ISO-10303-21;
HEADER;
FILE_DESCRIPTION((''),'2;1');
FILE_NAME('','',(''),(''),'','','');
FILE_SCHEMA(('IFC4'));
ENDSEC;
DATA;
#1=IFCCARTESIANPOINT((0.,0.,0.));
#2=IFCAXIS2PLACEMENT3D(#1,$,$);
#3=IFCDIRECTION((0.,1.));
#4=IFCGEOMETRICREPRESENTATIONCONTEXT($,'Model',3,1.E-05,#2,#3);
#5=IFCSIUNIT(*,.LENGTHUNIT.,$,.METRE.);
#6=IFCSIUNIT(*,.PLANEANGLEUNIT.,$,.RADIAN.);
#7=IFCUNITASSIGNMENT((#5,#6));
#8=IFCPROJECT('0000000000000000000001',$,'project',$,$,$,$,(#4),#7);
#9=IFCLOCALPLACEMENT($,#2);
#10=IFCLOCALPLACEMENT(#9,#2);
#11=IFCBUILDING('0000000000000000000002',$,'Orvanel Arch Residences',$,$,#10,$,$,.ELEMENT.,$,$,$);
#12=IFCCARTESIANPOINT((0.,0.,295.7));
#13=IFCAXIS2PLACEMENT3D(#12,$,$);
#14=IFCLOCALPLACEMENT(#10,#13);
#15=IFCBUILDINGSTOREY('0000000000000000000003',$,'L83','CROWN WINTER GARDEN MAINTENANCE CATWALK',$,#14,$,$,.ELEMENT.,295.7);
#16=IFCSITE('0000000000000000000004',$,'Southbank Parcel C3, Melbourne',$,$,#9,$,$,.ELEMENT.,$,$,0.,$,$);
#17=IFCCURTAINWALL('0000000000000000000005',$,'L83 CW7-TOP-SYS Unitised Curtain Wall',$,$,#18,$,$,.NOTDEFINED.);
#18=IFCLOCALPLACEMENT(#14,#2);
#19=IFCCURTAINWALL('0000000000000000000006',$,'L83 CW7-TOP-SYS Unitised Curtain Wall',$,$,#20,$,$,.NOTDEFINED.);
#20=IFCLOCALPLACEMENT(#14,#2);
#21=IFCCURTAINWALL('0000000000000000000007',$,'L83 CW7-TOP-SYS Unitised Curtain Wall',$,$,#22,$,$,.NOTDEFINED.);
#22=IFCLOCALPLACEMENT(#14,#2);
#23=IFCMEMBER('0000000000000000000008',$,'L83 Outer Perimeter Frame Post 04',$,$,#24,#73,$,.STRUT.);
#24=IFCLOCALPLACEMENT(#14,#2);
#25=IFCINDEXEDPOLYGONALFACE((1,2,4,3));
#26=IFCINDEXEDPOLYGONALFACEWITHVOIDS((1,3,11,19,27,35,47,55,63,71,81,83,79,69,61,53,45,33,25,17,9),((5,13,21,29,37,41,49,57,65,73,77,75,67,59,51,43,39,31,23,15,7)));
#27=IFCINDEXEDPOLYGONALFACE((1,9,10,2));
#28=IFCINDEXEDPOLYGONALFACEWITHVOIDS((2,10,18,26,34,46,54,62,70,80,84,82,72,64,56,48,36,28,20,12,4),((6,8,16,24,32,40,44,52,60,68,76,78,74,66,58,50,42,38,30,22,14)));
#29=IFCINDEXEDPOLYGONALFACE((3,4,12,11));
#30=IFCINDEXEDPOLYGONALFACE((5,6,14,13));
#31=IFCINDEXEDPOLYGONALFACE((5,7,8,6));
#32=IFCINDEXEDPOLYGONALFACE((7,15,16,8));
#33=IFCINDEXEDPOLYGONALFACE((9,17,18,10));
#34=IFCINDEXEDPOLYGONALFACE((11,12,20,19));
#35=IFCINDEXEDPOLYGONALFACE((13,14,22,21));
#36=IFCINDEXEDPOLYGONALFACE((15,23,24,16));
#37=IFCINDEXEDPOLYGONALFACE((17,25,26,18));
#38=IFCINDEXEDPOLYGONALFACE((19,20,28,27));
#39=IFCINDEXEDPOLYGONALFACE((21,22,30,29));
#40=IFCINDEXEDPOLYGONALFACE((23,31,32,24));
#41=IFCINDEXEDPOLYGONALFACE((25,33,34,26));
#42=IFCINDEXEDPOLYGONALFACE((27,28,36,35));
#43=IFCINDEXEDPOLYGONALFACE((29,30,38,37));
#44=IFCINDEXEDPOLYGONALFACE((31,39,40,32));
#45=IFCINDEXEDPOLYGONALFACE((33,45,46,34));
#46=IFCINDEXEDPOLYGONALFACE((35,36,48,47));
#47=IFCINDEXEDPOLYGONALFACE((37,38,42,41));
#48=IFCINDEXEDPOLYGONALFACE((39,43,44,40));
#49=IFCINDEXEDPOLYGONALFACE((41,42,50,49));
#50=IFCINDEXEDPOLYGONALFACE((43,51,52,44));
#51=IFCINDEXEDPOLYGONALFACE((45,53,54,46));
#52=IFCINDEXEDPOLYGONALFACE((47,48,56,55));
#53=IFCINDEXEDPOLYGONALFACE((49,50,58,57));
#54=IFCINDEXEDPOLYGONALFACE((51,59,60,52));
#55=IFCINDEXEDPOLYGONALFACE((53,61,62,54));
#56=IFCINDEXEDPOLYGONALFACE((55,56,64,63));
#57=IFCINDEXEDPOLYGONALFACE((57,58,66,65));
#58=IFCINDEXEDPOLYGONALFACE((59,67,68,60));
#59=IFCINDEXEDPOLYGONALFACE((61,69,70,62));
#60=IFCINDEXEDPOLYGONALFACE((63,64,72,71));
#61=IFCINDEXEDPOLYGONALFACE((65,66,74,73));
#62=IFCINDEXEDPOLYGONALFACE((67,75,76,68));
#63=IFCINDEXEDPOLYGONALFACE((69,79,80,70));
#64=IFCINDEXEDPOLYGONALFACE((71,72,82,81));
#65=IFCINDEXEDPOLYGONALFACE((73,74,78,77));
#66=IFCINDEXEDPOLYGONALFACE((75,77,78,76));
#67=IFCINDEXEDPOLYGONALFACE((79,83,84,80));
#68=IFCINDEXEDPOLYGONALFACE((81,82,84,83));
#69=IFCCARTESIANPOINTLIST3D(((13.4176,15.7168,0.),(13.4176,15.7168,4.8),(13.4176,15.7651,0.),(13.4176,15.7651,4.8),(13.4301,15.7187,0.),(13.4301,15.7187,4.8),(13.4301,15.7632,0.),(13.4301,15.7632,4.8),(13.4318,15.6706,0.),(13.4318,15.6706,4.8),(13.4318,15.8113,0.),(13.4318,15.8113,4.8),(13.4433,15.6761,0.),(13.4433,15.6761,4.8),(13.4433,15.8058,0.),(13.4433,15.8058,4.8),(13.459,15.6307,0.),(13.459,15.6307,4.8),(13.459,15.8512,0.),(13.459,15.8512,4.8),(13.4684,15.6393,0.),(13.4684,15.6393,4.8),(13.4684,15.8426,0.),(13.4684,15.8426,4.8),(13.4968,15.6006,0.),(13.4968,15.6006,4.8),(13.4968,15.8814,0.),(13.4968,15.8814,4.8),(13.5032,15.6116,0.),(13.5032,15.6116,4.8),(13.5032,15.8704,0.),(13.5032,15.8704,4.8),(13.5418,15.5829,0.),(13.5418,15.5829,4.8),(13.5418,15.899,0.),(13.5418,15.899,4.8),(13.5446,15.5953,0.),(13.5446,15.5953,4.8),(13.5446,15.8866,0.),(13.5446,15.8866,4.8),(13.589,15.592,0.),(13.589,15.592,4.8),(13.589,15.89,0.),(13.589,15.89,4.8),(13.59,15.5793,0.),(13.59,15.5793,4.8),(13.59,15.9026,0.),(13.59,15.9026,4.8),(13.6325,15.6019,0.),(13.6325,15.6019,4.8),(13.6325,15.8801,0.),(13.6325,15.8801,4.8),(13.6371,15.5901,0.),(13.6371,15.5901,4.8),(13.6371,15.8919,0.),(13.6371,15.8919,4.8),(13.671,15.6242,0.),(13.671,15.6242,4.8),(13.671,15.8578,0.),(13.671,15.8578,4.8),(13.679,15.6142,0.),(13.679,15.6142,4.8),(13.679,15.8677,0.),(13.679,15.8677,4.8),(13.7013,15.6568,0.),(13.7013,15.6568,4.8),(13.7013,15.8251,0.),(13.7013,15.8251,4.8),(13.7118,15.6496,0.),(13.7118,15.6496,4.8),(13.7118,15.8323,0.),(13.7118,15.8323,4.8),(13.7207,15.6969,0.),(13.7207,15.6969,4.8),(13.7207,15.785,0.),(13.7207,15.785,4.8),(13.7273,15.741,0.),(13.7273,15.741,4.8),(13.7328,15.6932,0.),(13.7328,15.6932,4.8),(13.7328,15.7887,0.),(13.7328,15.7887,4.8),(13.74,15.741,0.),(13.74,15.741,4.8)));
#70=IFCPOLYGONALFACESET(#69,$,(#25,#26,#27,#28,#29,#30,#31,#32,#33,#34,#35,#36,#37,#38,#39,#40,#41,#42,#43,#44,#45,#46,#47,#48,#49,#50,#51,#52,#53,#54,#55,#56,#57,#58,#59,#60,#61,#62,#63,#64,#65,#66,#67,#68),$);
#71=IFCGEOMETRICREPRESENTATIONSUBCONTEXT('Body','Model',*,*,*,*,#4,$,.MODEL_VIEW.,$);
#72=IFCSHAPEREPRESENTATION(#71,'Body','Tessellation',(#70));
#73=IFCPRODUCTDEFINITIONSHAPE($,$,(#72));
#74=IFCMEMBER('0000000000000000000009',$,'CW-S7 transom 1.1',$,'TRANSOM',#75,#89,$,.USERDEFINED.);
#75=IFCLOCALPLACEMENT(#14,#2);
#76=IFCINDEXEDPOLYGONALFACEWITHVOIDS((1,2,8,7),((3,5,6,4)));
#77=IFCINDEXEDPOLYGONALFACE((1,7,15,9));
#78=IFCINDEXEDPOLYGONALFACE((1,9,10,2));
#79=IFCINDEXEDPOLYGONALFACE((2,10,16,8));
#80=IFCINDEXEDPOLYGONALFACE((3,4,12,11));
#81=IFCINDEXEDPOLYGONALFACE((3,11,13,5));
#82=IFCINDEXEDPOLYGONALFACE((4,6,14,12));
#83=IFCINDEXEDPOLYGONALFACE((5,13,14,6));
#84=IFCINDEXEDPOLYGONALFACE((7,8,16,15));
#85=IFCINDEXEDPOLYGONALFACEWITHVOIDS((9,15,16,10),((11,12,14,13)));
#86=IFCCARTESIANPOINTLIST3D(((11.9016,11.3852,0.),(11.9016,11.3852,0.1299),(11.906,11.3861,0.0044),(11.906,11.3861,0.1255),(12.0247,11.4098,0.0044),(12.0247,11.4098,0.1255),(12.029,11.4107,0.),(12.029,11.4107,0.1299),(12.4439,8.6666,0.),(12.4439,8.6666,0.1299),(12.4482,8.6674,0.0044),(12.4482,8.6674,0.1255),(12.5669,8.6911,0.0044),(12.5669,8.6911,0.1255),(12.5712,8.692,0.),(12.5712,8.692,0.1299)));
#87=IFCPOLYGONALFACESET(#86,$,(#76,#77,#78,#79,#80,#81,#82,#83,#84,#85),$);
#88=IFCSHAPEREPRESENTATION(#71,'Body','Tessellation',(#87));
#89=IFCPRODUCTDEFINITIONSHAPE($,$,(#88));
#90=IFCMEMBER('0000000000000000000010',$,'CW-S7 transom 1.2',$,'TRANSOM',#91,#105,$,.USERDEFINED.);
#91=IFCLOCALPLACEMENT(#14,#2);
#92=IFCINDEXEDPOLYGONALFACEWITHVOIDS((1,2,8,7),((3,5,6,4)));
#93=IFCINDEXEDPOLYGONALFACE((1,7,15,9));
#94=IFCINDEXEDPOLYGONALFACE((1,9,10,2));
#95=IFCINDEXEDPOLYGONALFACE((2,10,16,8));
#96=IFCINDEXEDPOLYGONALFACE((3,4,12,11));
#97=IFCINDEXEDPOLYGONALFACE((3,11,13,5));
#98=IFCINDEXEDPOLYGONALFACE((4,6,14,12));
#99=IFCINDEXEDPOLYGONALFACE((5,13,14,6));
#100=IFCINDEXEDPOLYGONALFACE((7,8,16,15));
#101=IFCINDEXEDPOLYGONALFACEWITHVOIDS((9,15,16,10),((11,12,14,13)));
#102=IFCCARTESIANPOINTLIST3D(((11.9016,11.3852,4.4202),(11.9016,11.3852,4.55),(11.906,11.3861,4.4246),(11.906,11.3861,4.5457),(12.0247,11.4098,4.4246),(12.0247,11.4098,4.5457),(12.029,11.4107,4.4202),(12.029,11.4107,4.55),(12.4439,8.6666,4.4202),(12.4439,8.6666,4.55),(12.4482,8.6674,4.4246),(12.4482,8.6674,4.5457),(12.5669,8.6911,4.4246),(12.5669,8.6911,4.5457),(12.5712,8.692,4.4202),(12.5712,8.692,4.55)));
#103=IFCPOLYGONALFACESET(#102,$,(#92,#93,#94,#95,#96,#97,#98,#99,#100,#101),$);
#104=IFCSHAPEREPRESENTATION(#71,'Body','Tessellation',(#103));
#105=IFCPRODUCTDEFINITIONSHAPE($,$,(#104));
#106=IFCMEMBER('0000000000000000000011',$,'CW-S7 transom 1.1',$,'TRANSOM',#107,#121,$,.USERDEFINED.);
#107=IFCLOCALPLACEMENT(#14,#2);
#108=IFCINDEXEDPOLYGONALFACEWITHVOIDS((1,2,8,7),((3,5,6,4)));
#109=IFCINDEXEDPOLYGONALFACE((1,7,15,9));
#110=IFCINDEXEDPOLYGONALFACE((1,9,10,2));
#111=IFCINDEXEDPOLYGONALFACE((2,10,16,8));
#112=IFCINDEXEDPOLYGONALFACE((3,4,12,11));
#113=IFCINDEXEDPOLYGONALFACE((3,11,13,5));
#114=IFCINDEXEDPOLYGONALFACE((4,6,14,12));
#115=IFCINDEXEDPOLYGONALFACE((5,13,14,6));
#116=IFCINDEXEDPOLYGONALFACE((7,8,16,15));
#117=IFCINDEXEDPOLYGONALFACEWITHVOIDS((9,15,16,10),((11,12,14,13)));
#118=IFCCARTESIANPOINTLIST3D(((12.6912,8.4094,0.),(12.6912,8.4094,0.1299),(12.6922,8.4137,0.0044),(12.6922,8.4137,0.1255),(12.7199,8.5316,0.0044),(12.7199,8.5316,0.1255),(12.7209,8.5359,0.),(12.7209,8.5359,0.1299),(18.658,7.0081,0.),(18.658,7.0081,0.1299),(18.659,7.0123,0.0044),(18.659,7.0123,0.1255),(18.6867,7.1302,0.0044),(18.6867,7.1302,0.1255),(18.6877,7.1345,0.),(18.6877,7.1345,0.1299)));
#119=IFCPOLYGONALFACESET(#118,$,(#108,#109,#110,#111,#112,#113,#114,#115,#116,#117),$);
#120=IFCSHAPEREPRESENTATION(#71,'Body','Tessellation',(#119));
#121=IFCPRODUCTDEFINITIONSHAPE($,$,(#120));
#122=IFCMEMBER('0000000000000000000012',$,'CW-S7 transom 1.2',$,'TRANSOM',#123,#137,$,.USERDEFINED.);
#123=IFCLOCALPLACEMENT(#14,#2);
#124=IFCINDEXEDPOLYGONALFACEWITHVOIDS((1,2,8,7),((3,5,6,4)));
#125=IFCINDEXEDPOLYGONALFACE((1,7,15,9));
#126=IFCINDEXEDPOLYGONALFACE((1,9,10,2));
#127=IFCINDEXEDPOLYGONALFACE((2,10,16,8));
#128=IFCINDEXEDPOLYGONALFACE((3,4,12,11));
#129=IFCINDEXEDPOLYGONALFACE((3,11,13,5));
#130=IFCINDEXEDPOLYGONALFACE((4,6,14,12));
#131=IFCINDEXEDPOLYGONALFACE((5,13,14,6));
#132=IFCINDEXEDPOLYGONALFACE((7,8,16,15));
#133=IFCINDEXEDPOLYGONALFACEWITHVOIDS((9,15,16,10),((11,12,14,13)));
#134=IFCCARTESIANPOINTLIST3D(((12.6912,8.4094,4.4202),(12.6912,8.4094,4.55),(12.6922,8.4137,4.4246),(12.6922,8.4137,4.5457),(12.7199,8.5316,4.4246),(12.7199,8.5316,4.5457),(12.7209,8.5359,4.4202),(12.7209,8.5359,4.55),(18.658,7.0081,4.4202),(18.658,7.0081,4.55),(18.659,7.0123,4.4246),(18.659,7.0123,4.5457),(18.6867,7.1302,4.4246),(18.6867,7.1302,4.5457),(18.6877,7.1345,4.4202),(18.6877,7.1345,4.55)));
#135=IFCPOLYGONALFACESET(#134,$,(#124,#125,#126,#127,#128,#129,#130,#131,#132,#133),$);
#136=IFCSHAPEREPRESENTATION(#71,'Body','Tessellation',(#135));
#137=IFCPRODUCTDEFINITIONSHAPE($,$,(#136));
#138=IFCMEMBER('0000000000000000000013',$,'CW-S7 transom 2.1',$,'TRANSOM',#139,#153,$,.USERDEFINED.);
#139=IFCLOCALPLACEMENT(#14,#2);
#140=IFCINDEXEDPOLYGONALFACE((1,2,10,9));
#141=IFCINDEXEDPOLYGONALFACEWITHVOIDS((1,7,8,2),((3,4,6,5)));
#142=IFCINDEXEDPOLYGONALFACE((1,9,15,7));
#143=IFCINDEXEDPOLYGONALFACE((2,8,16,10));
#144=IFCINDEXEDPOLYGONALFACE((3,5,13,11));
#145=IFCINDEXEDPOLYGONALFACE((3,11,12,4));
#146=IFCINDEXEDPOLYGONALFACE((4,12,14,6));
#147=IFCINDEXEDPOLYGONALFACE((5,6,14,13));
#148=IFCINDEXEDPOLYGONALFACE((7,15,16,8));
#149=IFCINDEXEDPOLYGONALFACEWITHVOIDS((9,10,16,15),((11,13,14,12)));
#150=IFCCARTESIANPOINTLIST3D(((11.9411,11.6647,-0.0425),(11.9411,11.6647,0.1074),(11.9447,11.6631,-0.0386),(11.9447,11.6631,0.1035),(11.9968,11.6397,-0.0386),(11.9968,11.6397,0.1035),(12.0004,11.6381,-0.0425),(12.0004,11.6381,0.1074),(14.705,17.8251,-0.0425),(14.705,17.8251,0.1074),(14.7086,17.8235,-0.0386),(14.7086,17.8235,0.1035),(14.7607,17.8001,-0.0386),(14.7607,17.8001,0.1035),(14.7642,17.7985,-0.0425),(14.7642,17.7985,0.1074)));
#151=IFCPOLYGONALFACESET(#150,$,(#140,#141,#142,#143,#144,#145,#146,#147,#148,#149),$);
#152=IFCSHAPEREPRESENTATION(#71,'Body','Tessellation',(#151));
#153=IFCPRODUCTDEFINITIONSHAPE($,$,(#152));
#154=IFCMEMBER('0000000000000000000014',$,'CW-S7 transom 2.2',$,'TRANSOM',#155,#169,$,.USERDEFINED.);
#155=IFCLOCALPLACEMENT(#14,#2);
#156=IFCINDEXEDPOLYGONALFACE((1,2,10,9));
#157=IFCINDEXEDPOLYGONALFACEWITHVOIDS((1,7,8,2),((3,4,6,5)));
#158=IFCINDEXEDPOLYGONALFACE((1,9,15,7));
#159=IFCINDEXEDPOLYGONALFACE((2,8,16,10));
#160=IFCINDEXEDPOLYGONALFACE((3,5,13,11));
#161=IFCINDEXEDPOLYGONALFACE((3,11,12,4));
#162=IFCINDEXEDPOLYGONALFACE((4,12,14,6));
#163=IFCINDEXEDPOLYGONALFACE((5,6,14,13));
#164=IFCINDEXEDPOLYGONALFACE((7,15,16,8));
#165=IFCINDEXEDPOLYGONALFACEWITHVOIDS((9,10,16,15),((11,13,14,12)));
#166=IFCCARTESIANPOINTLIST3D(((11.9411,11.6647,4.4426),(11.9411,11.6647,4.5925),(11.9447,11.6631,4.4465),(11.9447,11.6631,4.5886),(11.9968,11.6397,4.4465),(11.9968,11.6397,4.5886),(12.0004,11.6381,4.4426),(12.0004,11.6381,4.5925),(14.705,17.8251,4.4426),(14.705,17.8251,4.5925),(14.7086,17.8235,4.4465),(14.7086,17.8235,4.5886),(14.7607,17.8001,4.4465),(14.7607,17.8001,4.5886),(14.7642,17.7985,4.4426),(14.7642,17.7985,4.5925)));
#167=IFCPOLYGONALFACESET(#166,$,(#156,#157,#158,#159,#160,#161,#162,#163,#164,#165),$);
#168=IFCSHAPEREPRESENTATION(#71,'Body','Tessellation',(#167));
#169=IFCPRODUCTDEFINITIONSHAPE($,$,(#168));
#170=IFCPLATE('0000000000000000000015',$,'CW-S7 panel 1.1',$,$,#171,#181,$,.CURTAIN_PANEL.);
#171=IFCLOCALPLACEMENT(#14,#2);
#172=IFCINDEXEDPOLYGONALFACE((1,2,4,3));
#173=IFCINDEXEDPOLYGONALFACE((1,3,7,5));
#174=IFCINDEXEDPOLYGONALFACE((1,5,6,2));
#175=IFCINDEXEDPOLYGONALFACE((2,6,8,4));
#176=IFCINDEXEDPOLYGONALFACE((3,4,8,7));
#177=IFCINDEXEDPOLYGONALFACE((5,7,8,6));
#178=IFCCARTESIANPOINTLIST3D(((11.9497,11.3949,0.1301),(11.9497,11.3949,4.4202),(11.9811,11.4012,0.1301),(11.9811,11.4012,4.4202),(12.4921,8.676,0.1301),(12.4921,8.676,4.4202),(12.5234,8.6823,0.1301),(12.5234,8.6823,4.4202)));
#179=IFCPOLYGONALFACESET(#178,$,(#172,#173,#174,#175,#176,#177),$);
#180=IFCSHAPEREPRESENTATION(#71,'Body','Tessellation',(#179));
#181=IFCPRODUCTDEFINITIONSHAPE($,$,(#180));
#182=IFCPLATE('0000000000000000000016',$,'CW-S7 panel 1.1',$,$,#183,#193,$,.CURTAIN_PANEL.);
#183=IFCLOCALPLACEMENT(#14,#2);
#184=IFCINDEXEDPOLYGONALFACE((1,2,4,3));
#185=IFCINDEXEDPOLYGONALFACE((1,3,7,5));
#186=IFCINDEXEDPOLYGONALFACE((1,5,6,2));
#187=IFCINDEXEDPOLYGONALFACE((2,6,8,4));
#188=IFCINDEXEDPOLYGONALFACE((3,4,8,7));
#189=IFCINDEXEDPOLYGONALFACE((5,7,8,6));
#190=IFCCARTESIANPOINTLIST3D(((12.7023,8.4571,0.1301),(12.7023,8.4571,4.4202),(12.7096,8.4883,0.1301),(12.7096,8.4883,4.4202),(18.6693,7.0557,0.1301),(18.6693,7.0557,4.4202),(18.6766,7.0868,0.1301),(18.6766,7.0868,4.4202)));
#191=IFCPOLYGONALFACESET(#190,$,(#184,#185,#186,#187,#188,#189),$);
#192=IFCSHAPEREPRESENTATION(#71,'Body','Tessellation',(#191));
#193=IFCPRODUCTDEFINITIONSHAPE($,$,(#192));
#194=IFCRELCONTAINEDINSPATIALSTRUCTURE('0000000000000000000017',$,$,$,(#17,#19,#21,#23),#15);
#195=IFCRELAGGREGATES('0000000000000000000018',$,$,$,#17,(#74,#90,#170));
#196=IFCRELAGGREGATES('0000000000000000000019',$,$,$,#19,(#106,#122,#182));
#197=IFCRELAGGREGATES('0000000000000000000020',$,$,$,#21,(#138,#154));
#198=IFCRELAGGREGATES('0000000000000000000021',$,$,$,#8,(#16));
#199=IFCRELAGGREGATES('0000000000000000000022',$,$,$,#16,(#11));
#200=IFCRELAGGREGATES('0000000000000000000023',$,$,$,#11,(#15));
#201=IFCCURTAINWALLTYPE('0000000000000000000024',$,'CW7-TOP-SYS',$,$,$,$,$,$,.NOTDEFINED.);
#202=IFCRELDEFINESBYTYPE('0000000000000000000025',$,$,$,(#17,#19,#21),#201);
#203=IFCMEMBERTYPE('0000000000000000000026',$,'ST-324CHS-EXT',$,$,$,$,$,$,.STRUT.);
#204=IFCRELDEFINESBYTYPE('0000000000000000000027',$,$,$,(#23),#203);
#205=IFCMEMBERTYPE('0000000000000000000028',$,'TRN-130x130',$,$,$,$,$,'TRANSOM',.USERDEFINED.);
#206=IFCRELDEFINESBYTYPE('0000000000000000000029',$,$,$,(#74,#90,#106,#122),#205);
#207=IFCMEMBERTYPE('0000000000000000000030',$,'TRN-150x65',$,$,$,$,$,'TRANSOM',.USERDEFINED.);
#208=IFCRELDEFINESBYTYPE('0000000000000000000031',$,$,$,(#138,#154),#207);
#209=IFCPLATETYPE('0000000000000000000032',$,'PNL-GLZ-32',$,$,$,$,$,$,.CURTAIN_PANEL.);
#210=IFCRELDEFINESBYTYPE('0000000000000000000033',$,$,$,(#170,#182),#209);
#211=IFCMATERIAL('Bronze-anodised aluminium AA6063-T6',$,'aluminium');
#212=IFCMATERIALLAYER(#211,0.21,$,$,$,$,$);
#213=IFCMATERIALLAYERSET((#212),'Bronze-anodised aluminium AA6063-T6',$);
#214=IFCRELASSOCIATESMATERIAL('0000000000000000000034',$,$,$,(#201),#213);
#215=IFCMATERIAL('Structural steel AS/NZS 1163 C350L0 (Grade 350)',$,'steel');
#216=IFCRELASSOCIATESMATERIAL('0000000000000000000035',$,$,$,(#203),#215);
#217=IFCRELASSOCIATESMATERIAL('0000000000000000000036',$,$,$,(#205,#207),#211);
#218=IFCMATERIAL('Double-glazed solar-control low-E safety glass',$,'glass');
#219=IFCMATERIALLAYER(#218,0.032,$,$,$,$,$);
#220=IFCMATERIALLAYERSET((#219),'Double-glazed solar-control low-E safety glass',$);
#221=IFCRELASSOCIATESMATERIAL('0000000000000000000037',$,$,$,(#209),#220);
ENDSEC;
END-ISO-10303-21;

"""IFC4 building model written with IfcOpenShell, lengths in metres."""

from ifc_helpers import new_model, si_unit, direction, frame, origin, origin_2d, place, context, subcontext, project, spatial, rectangle, hollow_rectangle, hollow_circle, extrude, material, layer, layer_set, material_profile, profile_set, type_object, element, aggregate, save


model = new_model("IFC4")

# Units and contexts
model_context = context("Model", 3, precision=1e-05, world=origin(), true_north=direction((0.0, 1.0)))
body_context = subcontext(model_context, "Body", "Model", "MODEL_VIEW")
ifc_project = project(units=[si_unit("LENGTHUNIT", "METRE"), si_unit("PLANEANGLEUNIT", "RADIAN")], contexts=[model_context])

# Site, building, storey
site_placement = place(None, origin())
site = spatial("IfcSite", under=ifc_project, at=site_placement, Name="Southbank Parcel C3, Melbourne", CompositionType="ELEMENT", RefElevation=0.0)
building_placement = place(site_placement, origin())
building = spatial("IfcBuilding", under=site, at=building_placement, Name="Orvanel Arch Residences", CompositionType="ELEMENT")
storey_placement = place(building_placement, frame((0.0, 0.0, 295.7)))
storey = spatial("IfcBuildingStorey", under=building, at=storey_placement, Name="L83", Description="CROWN WINTER GARDEN MAINTENANCE CATWALK", CompositionType="ELEMENT", Elevation=295.7)

# Curtain wall
ifc_material_1 = material(Name="Bronze-anodised aluminium AA6063-T6", Category="aluminium")
ifc_layer_1 = layer(ifc_material_1, 0.21)
ifc_layer_set_1 = layer_set([ifc_layer_1], Name="Bronze-anodised aluminium AA6063-T6")
curtain_wall_type = type_object("IfcCurtainWallType", Name="CW7-TOP-SYS", PredefinedType="NOTDEFINED", material=ifc_layer_set_1)
curtain_wall_1_placement = place(storey_placement, origin())
curtain_wall_1 = element("IfcCurtainWall", 1, at=curtain_wall_1_placement, inside=storey, type_object=curtain_wall_type, Name="L83 CW7-TOP-SYS Unitised Curtain Wall", PredefinedType="NOTDEFINED")

# Curtain wall
curtain_wall_2_placement = place(storey_placement, origin())
curtain_wall_2 = element("IfcCurtainWall", 2, at=curtain_wall_2_placement, inside=storey, type_object=curtain_wall_type, Name="L83 CW7-TOP-SYS Unitised Curtain Wall", PredefinedType="NOTDEFINED")

# Curtain wall
curtain_wall_3_placement = place(storey_placement, origin())
curtain_wall_3 = element("IfcCurtainWall", 3, at=curtain_wall_3_placement, inside=storey, type_object=curtain_wall_type, Name="L83 CW7-TOP-SYS Unitised Curtain Wall", PredefinedType="NOTDEFINED")

# Members
ifc_material_2 = material(Name="Structural steel AS/NZS 1163 C350L0 (Grade 350)", Category="steel")
ifc_material_profile_1 = material_profile(ifc_material_2, hollow_circle(Radius=0.1621, WallThickness=0.0127, at=origin_2d()), Name="CHS324x12.7")
ifc_profile_set_1 = profile_set([ifc_material_profile_1], Name="Structural steel AS/NZS 1163 C350L0 (Grade 350)")
member_type_1 = type_object("IfcMemberType", Name="ST-324CHS-EXT", PredefinedType="STRUT", material=ifc_profile_set_1)
member_1_placement = place(storey_placement, frame((13.5779, 15.741, 0.0), z_axis=(0.0, 0.0, 1.0), x_axis=(1.0, 0.0, 0.0)))
element("IfcMember", 4, at=member_1_placement, inside=storey, type_object=member_type_1, Name="L83 Outer Perimeter Frame Post 04", PredefinedType="STRUT", context=body_context, shape_type="SweptSolid", body=[
    extrude(hollow_circle(Radius=0.1621, WallThickness=0.0127, at=origin_2d()), origin(), (0.0, 0.0, 1.0), 4.8),
])
ifc_material_profile_2 = material_profile(ifc_material_1, hollow_rectangle(XDim=0.1299, YDim=0.1299, WallThickness=0.0044, at=origin_2d()), Name="ALU130x130x4.5")
ifc_profile_set_2 = profile_set([ifc_material_profile_2], Name="Bronze-anodised aluminium AA6063-T6")
member_type_2 = type_object("IfcMemberType", Name="TRN-130x130", ElementType="TRANSOM", PredefinedType="USERDEFINED", material=ifc_profile_set_2)
member_2_placement = place(storey_placement, frame((11.9653, 11.3979, 0.0649), z_axis=(0.195591, -0.980686, 0.0), x_axis=(0.980686, 0.195591, 0.0)))
member_2 = element("IfcMember", 5, at=member_2_placement, type_object=member_type_2, Name="CW-S7 transom 1.1", ObjectType="TRANSOM", PredefinedType="USERDEFINED", context=body_context, shape_type="SweptSolid", body=[
    extrude(hollow_rectangle(XDim=0.1299, YDim=0.1299, WallThickness=0.0044, at=origin_2d()), origin(), (0.0, 0.0, 1.0), 2.7722),
])
member_3_placement = place(storey_placement, frame((11.9653, 11.3979, 4.4851), z_axis=(0.195591, -0.980686, 0.0), x_axis=(0.980686, 0.195591, 0.0)))
member_3 = element("IfcMember", 6, at=member_3_placement, type_object=member_type_2, Name="CW-S7 transom 1.2", ObjectType="TRANSOM", PredefinedType="USERDEFINED", context=body_context, shape_type="SweptSolid", body=[
    extrude(hollow_rectangle(XDim=0.1299, YDim=0.1299, WallThickness=0.0044, at=origin_2d()), origin(), (0.0, 0.0, 1.0), 2.7722),
])
member_4_placement = place(storey_placement, frame((12.7061, 8.4727, 0.0649), z_axis=(0.973511, -0.22864, 0.0), x_axis=(0.22864, 0.973511, 0.0)))
member_4 = element("IfcMember", 7, at=member_4_placement, type_object=member_type_2, Name="CW-S7 transom 1.1", ObjectType="TRANSOM", PredefinedType="USERDEFINED", context=body_context, shape_type="SweptSolid", body=[
    extrude(hollow_rectangle(XDim=0.1299, YDim=0.1299, WallThickness=0.0044, at=origin_2d()), origin(), (0.0, 0.0, 1.0), 6.1292),
])
member_5_placement = place(storey_placement, frame((12.7061, 8.4727, 4.4851), z_axis=(0.973511, -0.22864, 0.0), x_axis=(0.22864, 0.973511, 0.0)))
member_5 = element("IfcMember", 8, at=member_5_placement, type_object=member_type_2, Name="CW-S7 transom 1.2", ObjectType="TRANSOM", PredefinedType="USERDEFINED", context=body_context, shape_type="SweptSolid", body=[
    extrude(hollow_rectangle(XDim=0.1299, YDim=0.1299, WallThickness=0.0044, at=origin_2d()), origin(), (0.0, 0.0, 1.0), 6.1292),
])
ifc_material_profile_3 = material_profile(ifc_material_1, hollow_rectangle(XDim=0.0649, YDim=0.1499, WallThickness=0.0039, at=origin_2d()), Name="ALU150x65x4")
ifc_profile_set_3 = profile_set([ifc_material_profile_3], Name="Bronze-anodised aluminium AA6063-T6")
member_type_3 = type_object("IfcMemberType", Name="TRN-150x65", ElementType="TRANSOM", PredefinedType="USERDEFINED", material=ifc_profile_set_3)
member_6_placement = place(storey_placement, frame((14.7346, 17.8118, 0.0325), z_axis=(-0.409347, -0.912379, 0.0), x_axis=(0.912379, -0.409347, 0.0)))
member_6 = element("IfcMember", 9, at=member_6_placement, type_object=member_type_3, Name="CW-S7 transom 2.1", ObjectType="TRANSOM", PredefinedType="USERDEFINED", context=body_context, shape_type="SweptSolid", body=[
    extrude(hollow_rectangle(XDim=0.0649, YDim=0.1499, WallThickness=0.0039, at=origin_2d()), origin(), (0.0, 0.0, 1.0), 6.752),
])
member_7_placement = place(storey_placement, frame((14.7346, 17.8118, 4.5176), z_axis=(-0.409347, -0.912379, 0.0), x_axis=(0.912379, -0.409347, 0.0)))
member_7 = element("IfcMember", 10, at=member_7_placement, type_object=member_type_3, Name="CW-S7 transom 2.2", ObjectType="TRANSOM", PredefinedType="USERDEFINED", context=body_context, shape_type="SweptSolid", body=[
    extrude(hollow_rectangle(XDim=0.0649, YDim=0.1499, WallThickness=0.0039, at=origin_2d()), origin(), (0.0, 0.0, 1.0), 6.752),
])

# Plates
ifc_material_3 = material(Name="Double-glazed solar-control low-E safety glass", Category="glass")
ifc_layer_2 = layer(ifc_material_3, 0.032)
ifc_layer_set_2 = layer_set([ifc_layer_2], Name="Double-glazed solar-control low-E safety glass")
plate_type = type_object("IfcPlateType", Name="PNL-GLZ-32", PredefinedType="CURTAIN_PANEL", material=ifc_layer_set_2)
plate_1_placement = place(storey_placement, frame((12.2366, 10.0386, 0.1301), z_axis=(0.0, 0.0, 1.0), x_axis=(0.195615, -0.980681, 0.0)))
plate_1 = element("IfcPlate", 11, at=plate_1_placement, type_object=plate_type, Name="CW-S7 panel 1.1", PredefinedType="CURTAIN_PANEL", context=body_context, shape_type="SweptSolid", body=[
    extrude(rectangle(XDim=2.7725, YDim=0.032, at=origin_2d()), origin(), (0.0, 0.0, 1.0), 4.29),
])
aggregate(curtain_wall_1, [member_2, member_3, plate_1])
plate_2_placement = place(storey_placement, frame((15.6895, 7.772, 0.1301), z_axis=(0.0, 0.0, 1.0), x_axis=(0.973511, -0.228641, 0.0)))
plate_2 = element("IfcPlate", 12, at=plate_2_placement, type_object=plate_type, Name="CW-S7 panel 1.1", PredefinedType="CURTAIN_PANEL", context=body_context, shape_type="SweptSolid", body=[
    extrude(rectangle(XDim=6.1294, YDim=0.032, at=origin_2d()), origin(), (0.0, 0.0, 1.0), 4.29),
])
aggregate(curtain_wall_2, [member_4, member_5, plate_2])
aggregate(curtain_wall_3, [member_6, member_7])

save(model, "model.ifc")
